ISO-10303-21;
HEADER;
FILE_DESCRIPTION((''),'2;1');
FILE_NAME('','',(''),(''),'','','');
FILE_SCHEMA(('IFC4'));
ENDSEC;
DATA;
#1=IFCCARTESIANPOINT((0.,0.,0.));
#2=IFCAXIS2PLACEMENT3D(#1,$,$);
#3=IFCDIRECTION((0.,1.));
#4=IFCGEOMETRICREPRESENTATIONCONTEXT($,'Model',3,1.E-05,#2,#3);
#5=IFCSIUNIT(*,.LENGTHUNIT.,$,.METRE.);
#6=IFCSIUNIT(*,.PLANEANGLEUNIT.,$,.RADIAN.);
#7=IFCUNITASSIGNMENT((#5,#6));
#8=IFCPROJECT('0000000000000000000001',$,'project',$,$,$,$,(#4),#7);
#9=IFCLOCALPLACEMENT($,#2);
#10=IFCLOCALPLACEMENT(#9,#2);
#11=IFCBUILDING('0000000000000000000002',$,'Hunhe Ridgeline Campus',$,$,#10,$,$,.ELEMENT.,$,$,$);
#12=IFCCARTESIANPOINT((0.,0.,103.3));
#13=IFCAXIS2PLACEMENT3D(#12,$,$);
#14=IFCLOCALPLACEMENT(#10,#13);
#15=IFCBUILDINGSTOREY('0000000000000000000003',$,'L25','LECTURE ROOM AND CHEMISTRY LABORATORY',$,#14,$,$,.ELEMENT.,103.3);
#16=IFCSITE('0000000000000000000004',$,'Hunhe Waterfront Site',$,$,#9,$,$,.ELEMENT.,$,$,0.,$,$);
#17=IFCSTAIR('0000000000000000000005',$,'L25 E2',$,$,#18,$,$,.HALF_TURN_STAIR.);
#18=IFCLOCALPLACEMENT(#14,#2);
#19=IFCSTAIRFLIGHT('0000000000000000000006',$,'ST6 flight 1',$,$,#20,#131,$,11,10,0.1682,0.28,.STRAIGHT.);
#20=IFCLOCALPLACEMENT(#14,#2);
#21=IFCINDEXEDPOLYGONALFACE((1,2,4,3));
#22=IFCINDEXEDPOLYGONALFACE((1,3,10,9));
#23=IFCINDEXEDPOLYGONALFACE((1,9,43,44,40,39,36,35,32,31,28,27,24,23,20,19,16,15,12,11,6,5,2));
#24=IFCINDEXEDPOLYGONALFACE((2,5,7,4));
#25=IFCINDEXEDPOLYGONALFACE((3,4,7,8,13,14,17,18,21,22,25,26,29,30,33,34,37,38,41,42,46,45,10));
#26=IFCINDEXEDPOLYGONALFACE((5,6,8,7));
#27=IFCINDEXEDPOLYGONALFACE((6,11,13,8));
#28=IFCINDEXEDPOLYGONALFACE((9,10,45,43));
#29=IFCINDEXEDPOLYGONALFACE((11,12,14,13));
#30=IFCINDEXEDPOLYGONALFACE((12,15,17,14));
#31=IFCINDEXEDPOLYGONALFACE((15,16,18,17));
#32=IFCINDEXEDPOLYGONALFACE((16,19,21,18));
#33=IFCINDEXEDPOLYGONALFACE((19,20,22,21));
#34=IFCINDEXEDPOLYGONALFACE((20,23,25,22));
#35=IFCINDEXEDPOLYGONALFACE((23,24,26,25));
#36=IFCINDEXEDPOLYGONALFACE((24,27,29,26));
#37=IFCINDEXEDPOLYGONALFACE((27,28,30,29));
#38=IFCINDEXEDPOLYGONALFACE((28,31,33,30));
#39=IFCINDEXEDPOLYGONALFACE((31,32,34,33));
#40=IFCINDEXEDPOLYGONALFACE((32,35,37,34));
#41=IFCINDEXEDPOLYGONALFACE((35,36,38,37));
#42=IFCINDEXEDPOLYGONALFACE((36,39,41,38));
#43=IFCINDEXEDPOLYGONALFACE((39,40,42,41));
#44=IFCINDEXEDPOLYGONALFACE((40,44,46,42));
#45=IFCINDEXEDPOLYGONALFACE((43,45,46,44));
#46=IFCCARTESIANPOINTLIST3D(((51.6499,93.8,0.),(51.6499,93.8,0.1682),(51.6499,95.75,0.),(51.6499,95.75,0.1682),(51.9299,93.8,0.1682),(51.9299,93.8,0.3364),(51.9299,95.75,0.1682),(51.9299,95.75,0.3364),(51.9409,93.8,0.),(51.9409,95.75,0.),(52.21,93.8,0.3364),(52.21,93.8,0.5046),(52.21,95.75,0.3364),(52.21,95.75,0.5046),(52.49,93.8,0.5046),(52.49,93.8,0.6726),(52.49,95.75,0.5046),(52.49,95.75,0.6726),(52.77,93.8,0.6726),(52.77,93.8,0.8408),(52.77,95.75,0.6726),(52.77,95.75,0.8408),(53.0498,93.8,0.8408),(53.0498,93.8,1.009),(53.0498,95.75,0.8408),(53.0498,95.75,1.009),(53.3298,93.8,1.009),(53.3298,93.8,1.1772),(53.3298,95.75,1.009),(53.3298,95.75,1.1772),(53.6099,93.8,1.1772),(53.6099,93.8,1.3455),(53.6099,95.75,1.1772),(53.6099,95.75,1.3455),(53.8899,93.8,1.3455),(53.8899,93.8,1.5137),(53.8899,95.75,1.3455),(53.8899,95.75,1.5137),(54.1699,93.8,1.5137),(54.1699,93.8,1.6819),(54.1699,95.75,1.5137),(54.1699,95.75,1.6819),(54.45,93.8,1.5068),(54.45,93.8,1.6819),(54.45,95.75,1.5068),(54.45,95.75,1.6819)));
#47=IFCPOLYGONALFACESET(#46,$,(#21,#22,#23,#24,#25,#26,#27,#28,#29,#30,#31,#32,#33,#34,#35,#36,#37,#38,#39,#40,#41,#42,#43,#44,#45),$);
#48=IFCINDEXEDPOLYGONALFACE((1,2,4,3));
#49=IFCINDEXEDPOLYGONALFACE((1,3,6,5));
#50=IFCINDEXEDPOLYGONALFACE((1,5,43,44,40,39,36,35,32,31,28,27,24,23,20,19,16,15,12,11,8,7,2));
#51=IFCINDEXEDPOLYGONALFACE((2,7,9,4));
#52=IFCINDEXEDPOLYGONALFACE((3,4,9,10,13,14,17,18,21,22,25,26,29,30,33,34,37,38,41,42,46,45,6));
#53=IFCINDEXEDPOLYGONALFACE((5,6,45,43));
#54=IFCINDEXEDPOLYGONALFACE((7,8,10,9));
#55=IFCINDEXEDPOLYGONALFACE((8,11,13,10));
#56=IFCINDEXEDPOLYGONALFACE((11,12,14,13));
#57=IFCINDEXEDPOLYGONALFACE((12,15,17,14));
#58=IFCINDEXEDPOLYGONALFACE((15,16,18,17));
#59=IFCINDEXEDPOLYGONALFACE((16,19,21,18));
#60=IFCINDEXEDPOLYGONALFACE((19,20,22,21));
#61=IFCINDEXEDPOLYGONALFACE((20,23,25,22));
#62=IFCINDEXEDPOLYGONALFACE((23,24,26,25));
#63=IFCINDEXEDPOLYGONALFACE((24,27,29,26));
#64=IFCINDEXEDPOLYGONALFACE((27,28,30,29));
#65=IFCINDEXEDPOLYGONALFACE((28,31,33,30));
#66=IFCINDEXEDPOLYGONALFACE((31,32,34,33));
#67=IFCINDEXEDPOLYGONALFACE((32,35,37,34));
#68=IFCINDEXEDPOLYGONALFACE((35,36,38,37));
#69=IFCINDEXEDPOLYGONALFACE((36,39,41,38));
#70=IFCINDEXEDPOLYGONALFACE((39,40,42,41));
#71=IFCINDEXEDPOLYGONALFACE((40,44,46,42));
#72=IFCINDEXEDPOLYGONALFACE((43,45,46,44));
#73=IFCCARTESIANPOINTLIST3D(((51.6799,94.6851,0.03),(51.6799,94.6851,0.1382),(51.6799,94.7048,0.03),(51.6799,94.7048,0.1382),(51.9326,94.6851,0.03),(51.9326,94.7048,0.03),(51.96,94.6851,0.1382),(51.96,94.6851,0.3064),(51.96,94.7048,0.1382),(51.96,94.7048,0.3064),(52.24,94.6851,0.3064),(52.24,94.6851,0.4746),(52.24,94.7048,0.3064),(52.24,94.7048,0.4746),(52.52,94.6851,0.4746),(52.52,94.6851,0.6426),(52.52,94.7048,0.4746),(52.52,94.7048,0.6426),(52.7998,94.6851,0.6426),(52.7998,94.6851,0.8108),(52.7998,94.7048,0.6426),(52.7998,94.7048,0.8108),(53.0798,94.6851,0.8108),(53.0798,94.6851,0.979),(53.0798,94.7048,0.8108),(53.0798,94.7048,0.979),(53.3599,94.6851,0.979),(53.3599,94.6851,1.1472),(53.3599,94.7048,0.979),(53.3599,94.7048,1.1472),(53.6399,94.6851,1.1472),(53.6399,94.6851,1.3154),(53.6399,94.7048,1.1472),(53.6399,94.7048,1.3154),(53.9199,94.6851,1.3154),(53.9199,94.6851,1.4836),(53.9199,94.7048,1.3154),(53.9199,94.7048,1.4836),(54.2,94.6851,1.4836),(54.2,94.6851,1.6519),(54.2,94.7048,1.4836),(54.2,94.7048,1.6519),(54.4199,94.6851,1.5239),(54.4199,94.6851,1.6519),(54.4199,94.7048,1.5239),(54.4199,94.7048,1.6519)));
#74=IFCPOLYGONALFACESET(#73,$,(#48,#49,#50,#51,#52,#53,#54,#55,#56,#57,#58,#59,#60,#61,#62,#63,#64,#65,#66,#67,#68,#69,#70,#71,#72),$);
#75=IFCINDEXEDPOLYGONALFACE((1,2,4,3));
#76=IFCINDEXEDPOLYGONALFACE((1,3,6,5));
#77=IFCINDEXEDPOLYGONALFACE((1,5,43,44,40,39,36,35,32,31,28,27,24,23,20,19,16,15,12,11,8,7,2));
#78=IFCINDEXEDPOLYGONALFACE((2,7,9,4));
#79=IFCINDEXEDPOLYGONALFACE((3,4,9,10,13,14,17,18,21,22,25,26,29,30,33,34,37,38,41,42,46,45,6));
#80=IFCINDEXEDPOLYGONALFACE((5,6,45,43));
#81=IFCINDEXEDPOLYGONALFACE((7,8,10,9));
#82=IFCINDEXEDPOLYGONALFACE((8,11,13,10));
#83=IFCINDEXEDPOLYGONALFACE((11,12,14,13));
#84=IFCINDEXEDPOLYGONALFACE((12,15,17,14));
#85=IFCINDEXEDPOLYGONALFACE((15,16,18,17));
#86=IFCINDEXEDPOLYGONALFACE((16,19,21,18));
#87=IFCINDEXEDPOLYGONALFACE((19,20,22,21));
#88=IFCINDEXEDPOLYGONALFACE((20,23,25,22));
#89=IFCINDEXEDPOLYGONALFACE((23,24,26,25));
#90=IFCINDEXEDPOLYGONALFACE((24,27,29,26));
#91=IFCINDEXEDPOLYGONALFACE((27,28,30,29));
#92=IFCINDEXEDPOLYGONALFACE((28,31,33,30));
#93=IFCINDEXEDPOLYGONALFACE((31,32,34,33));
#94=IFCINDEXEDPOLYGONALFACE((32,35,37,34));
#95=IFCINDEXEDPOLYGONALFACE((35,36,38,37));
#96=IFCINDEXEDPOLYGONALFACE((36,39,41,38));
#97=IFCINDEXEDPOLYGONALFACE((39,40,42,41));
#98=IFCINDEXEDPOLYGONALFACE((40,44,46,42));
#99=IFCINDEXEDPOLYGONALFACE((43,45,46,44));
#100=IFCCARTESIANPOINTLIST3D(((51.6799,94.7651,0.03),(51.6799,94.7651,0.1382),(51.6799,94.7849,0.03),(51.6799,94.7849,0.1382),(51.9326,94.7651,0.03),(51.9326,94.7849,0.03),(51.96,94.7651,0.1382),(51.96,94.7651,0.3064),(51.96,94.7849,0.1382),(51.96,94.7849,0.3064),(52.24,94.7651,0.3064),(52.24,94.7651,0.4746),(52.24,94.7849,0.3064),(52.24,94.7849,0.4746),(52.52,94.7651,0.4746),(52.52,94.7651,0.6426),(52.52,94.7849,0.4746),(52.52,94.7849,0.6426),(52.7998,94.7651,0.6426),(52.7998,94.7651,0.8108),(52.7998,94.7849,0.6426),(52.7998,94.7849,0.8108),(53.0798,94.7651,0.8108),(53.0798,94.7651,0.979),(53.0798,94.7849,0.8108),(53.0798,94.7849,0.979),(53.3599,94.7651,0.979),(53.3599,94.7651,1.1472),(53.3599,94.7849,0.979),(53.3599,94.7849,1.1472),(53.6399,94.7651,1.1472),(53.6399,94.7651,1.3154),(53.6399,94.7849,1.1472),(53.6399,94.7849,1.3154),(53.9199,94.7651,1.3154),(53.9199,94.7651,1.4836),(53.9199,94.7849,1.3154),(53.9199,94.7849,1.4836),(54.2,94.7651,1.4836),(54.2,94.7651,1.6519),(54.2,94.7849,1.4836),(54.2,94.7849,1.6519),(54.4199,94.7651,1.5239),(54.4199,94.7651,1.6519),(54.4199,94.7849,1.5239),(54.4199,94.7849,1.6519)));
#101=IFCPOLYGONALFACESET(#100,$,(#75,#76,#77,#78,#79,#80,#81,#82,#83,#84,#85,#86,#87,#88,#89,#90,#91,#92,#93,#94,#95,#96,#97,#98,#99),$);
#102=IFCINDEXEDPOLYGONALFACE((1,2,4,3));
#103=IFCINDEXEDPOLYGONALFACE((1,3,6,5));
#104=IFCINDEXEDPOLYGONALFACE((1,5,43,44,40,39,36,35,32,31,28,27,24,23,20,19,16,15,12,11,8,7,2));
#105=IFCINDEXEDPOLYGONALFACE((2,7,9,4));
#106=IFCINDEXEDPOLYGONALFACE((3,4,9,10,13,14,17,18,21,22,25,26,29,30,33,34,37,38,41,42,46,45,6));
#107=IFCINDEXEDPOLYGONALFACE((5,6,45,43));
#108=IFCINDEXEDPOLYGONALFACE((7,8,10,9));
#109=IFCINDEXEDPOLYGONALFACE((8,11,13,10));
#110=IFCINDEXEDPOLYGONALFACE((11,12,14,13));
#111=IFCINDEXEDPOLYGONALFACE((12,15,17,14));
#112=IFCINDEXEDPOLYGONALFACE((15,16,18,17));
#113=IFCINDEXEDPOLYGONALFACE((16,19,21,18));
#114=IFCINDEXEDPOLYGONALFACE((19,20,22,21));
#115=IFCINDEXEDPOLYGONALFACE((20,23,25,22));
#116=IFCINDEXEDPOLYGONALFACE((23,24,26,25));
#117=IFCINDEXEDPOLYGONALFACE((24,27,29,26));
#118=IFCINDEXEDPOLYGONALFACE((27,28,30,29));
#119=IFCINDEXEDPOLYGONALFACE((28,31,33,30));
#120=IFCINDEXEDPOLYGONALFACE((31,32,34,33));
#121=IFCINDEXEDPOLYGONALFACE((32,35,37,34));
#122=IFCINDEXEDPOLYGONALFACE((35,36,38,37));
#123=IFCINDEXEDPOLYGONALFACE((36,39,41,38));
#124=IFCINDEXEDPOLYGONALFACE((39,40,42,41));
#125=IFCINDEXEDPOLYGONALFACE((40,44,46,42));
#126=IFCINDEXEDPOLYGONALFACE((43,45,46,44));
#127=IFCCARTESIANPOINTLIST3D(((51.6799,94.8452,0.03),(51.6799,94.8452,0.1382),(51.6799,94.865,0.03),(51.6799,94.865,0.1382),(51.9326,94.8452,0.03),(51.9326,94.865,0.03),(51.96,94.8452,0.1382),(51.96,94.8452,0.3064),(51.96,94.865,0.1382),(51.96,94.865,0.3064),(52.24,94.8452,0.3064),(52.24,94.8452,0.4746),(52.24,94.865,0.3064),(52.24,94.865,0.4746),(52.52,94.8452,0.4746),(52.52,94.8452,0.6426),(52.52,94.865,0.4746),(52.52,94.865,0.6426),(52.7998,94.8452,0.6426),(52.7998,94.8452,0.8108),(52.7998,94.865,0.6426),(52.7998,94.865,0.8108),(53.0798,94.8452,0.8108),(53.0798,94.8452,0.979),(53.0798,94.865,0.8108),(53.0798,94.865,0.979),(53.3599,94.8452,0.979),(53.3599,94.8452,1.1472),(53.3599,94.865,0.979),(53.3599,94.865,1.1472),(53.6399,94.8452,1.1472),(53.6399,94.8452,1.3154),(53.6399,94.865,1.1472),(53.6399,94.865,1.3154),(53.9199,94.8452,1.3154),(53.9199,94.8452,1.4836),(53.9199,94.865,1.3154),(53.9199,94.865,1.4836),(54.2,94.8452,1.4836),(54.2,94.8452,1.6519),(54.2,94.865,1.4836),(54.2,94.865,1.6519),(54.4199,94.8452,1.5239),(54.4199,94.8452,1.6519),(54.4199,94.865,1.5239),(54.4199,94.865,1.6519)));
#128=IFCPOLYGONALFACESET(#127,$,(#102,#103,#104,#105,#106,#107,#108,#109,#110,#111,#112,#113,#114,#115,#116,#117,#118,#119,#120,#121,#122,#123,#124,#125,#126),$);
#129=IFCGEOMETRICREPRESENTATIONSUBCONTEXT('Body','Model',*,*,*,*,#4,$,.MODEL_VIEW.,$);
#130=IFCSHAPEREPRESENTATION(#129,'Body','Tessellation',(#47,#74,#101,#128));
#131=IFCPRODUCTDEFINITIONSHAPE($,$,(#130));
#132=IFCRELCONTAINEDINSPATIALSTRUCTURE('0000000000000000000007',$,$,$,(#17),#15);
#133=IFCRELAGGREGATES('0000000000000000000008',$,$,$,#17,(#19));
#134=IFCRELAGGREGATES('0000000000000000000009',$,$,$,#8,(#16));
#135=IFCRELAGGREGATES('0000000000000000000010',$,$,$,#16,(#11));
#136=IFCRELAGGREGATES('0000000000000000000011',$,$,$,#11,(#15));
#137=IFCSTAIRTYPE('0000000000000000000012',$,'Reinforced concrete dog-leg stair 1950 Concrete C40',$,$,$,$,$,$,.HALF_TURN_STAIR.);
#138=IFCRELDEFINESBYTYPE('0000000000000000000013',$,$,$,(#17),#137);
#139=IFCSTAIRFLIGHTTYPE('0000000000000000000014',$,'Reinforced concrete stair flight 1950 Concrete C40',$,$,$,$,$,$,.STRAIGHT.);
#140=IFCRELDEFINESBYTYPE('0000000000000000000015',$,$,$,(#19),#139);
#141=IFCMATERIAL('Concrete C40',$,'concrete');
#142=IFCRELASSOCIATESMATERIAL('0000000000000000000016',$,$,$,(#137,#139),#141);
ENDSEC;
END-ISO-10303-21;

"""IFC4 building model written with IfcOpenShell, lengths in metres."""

from ifc_helpers import new_model, si_unit, direction, frame, origin, place, context, subcontext, project, spatial, polyline, outline, extrude, material, type_object, element, aggregate, save


model = new_model("IFC4")

# Units and contexts
model_context = context("Model", 3, precision=1e-05, world=origin(), true_north=direction((0.0, 1.0)))
body_context = subcontext(model_context, "Body", "Model", "MODEL_VIEW")
ifc_project = project(units=[si_unit("LENGTHUNIT", "METRE"), si_unit("PLANEANGLEUNIT", "RADIAN")], contexts=[model_context])

# Site, building, storey
site_placement = place(None, origin())
site = spatial("IfcSite", under=ifc_project, at=site_placement, Name="Hunhe Waterfront Site", CompositionType="ELEMENT", RefElevation=0.0)
building_placement = place(site_placement, origin())
building = spatial("IfcBuilding", under=site, at=building_placement, Name="Hunhe Ridgeline Campus", CompositionType="ELEMENT")
storey_placement = place(building_placement, frame((0.0, 0.0, 103.3)))
storey = spatial("IfcBuildingStorey", under=building, at=storey_placement, Name="L25", Description="LECTURE ROOM AND CHEMISTRY LABORATORY", CompositionType="ELEMENT", Elevation=103.3)

# Stair, stair flight
ifc_material_1 = material(Name="Concrete C40", Category="concrete")
stair_type = type_object("IfcStairType", Name="Reinforced concrete dog-leg stair 1950 Concrete C40", PredefinedType="HALF_TURN_STAIR", material=ifc_material_1)
stair_1_placement = place(storey_placement, origin())
stair_1 = element("IfcStair", 1, at=stair_1_placement, inside=storey, type_object=stair_type, Name="L25 E2", PredefinedType="HALF_TURN_STAIR")
stair_flight_type = type_object("IfcStairFlightType", Name="Reinforced concrete stair flight 1950 Concrete C40", PredefinedType="STRAIGHT", material=ifc_material_1)
stair_flight_1_placement = place(storey_placement, frame((51.6499, 94.7749, 0.0), z_axis=(0.0, 0.0, 1.0), x_axis=(1.0, 0.0, 0.0)))
stair_flight_1 = element("IfcStairFlight", 2, at=stair_flight_1_placement, type_object=stair_flight_type, Name="ST6 flight 1", NumberOfRisers=11, NumberOfTreads=10, PredefinedType="STRAIGHT", RiserHeight=0.1682, TreadLength=0.28, context=body_context, shape_type="SweptSolid", body=[
    extrude(outline(polyline([(0.0, 0.0), (0.0, 0.1682), (0.28, 0.1682), (0.28, 0.3364), (0.5601, 0.3364), (0.5601, 0.5046), (0.8401, 0.5046), (0.8401, 0.6726), (1.1201, 0.6726), (1.1201, 0.8408), (1.3999, 0.8408), (1.3999, 1.009), (1.6799, 1.009), (1.6799, 1.1772), (1.96, 1.1772), (1.96, 1.3455), (2.24, 1.3455), (2.24, 1.5137), (2.52, 1.5137), (2.52, 1.6819), (2.8, 1.6819), (2.8, 1.8501), (2.8, 1.5068), (0.291, 0.0), (0.0, 0.0)])), frame((0.0, 0.9751, 0.0), z_axis=(0.0, -1.0, 0.0), x_axis=(1.0, 0.0, 0.0)), (0.0, 0.0, 1.0), 1.95),
    extrude(outline(polyline([(0.03, 0.03), (0.03, 0.1382), (0.3101, 0.1382), (0.3101, 0.3064), (0.5901, 0.3064), (0.5901, 0.4746), (0.8701, 0.4746), (0.8701, 0.6426), (1.1499, 0.6426), (1.1499, 0.8108), (1.4299, 0.8108), (1.4299, 0.979), (1.71, 0.979), (1.71, 1.1472), (1.99, 1.1472), (1.99, 1.3154), (2.27, 1.3154), (2.27, 1.4836), (2.55, 1.4836), (2.55, 1.6519), (2.77, 1.6519), (2.77, 1.5239), (0.2827, 0.03), (0.03, 0.03)])), frame((0.0, -0.0701, 0.0), z_axis=(0.0, -1.0, 0.0), x_axis=(1.0, 0.0, 0.0)), (0.0, 0.0, 1.0), 0.0198),
    extrude(outline(polyline([(0.03, 0.03), (0.03, 0.1382), (0.3101, 0.1382), (0.3101, 0.3064), (0.5901, 0.3064), (0.5901, 0.4746), (0.8701, 0.4746), (0.8701, 0.6426), (1.1499, 0.6426), (1.1499, 0.8108), (1.4299, 0.8108), (1.4299, 0.979), (1.71, 0.979), (1.71, 1.1472), (1.99, 1.1472), (1.99, 1.3154), (2.27, 1.3154), (2.27, 1.4836), (2.55, 1.4836), (2.55, 1.6519), (2.77, 1.6519), (2.77, 1.5239), (0.2827, 0.03), (0.03, 0.03)])), frame((0.0, 0.01, 0.0), z_axis=(0.0, -1.0, 0.0), x_axis=(1.0, 0.0, 0.0)), (0.0, 0.0, 1.0), 0.0198),
    extrude(outline(polyline([(0.03, 0.03), (0.03, 0.1382), (0.3101, 0.1382), (0.3101, 0.3064), (0.5901, 0.3064), (0.5901, 0.4746), (0.8701, 0.4746), (0.8701, 0.6426), (1.1499, 0.6426), (1.1499, 0.8108), (1.4299, 0.8108), (1.4299, 0.979), (1.71, 0.979), (1.71, 1.1472), (1.99, 1.1472), (1.99, 1.3154), (2.27, 1.3154), (2.27, 1.4836), (2.55, 1.4836), (2.55, 1.6519), (2.77, 1.6519), (2.77, 1.5239), (0.2827, 0.03), (0.03, 0.03)])), frame((0.0, 0.0901, 0.0), z_axis=(0.0, -1.0, 0.0), x_axis=(1.0, 0.0, 0.0)), (0.0, 0.0, 1.0), 0.0198),
])
aggregate(stair_1, [stair_flight_1])

save(model, "model.ifc")
